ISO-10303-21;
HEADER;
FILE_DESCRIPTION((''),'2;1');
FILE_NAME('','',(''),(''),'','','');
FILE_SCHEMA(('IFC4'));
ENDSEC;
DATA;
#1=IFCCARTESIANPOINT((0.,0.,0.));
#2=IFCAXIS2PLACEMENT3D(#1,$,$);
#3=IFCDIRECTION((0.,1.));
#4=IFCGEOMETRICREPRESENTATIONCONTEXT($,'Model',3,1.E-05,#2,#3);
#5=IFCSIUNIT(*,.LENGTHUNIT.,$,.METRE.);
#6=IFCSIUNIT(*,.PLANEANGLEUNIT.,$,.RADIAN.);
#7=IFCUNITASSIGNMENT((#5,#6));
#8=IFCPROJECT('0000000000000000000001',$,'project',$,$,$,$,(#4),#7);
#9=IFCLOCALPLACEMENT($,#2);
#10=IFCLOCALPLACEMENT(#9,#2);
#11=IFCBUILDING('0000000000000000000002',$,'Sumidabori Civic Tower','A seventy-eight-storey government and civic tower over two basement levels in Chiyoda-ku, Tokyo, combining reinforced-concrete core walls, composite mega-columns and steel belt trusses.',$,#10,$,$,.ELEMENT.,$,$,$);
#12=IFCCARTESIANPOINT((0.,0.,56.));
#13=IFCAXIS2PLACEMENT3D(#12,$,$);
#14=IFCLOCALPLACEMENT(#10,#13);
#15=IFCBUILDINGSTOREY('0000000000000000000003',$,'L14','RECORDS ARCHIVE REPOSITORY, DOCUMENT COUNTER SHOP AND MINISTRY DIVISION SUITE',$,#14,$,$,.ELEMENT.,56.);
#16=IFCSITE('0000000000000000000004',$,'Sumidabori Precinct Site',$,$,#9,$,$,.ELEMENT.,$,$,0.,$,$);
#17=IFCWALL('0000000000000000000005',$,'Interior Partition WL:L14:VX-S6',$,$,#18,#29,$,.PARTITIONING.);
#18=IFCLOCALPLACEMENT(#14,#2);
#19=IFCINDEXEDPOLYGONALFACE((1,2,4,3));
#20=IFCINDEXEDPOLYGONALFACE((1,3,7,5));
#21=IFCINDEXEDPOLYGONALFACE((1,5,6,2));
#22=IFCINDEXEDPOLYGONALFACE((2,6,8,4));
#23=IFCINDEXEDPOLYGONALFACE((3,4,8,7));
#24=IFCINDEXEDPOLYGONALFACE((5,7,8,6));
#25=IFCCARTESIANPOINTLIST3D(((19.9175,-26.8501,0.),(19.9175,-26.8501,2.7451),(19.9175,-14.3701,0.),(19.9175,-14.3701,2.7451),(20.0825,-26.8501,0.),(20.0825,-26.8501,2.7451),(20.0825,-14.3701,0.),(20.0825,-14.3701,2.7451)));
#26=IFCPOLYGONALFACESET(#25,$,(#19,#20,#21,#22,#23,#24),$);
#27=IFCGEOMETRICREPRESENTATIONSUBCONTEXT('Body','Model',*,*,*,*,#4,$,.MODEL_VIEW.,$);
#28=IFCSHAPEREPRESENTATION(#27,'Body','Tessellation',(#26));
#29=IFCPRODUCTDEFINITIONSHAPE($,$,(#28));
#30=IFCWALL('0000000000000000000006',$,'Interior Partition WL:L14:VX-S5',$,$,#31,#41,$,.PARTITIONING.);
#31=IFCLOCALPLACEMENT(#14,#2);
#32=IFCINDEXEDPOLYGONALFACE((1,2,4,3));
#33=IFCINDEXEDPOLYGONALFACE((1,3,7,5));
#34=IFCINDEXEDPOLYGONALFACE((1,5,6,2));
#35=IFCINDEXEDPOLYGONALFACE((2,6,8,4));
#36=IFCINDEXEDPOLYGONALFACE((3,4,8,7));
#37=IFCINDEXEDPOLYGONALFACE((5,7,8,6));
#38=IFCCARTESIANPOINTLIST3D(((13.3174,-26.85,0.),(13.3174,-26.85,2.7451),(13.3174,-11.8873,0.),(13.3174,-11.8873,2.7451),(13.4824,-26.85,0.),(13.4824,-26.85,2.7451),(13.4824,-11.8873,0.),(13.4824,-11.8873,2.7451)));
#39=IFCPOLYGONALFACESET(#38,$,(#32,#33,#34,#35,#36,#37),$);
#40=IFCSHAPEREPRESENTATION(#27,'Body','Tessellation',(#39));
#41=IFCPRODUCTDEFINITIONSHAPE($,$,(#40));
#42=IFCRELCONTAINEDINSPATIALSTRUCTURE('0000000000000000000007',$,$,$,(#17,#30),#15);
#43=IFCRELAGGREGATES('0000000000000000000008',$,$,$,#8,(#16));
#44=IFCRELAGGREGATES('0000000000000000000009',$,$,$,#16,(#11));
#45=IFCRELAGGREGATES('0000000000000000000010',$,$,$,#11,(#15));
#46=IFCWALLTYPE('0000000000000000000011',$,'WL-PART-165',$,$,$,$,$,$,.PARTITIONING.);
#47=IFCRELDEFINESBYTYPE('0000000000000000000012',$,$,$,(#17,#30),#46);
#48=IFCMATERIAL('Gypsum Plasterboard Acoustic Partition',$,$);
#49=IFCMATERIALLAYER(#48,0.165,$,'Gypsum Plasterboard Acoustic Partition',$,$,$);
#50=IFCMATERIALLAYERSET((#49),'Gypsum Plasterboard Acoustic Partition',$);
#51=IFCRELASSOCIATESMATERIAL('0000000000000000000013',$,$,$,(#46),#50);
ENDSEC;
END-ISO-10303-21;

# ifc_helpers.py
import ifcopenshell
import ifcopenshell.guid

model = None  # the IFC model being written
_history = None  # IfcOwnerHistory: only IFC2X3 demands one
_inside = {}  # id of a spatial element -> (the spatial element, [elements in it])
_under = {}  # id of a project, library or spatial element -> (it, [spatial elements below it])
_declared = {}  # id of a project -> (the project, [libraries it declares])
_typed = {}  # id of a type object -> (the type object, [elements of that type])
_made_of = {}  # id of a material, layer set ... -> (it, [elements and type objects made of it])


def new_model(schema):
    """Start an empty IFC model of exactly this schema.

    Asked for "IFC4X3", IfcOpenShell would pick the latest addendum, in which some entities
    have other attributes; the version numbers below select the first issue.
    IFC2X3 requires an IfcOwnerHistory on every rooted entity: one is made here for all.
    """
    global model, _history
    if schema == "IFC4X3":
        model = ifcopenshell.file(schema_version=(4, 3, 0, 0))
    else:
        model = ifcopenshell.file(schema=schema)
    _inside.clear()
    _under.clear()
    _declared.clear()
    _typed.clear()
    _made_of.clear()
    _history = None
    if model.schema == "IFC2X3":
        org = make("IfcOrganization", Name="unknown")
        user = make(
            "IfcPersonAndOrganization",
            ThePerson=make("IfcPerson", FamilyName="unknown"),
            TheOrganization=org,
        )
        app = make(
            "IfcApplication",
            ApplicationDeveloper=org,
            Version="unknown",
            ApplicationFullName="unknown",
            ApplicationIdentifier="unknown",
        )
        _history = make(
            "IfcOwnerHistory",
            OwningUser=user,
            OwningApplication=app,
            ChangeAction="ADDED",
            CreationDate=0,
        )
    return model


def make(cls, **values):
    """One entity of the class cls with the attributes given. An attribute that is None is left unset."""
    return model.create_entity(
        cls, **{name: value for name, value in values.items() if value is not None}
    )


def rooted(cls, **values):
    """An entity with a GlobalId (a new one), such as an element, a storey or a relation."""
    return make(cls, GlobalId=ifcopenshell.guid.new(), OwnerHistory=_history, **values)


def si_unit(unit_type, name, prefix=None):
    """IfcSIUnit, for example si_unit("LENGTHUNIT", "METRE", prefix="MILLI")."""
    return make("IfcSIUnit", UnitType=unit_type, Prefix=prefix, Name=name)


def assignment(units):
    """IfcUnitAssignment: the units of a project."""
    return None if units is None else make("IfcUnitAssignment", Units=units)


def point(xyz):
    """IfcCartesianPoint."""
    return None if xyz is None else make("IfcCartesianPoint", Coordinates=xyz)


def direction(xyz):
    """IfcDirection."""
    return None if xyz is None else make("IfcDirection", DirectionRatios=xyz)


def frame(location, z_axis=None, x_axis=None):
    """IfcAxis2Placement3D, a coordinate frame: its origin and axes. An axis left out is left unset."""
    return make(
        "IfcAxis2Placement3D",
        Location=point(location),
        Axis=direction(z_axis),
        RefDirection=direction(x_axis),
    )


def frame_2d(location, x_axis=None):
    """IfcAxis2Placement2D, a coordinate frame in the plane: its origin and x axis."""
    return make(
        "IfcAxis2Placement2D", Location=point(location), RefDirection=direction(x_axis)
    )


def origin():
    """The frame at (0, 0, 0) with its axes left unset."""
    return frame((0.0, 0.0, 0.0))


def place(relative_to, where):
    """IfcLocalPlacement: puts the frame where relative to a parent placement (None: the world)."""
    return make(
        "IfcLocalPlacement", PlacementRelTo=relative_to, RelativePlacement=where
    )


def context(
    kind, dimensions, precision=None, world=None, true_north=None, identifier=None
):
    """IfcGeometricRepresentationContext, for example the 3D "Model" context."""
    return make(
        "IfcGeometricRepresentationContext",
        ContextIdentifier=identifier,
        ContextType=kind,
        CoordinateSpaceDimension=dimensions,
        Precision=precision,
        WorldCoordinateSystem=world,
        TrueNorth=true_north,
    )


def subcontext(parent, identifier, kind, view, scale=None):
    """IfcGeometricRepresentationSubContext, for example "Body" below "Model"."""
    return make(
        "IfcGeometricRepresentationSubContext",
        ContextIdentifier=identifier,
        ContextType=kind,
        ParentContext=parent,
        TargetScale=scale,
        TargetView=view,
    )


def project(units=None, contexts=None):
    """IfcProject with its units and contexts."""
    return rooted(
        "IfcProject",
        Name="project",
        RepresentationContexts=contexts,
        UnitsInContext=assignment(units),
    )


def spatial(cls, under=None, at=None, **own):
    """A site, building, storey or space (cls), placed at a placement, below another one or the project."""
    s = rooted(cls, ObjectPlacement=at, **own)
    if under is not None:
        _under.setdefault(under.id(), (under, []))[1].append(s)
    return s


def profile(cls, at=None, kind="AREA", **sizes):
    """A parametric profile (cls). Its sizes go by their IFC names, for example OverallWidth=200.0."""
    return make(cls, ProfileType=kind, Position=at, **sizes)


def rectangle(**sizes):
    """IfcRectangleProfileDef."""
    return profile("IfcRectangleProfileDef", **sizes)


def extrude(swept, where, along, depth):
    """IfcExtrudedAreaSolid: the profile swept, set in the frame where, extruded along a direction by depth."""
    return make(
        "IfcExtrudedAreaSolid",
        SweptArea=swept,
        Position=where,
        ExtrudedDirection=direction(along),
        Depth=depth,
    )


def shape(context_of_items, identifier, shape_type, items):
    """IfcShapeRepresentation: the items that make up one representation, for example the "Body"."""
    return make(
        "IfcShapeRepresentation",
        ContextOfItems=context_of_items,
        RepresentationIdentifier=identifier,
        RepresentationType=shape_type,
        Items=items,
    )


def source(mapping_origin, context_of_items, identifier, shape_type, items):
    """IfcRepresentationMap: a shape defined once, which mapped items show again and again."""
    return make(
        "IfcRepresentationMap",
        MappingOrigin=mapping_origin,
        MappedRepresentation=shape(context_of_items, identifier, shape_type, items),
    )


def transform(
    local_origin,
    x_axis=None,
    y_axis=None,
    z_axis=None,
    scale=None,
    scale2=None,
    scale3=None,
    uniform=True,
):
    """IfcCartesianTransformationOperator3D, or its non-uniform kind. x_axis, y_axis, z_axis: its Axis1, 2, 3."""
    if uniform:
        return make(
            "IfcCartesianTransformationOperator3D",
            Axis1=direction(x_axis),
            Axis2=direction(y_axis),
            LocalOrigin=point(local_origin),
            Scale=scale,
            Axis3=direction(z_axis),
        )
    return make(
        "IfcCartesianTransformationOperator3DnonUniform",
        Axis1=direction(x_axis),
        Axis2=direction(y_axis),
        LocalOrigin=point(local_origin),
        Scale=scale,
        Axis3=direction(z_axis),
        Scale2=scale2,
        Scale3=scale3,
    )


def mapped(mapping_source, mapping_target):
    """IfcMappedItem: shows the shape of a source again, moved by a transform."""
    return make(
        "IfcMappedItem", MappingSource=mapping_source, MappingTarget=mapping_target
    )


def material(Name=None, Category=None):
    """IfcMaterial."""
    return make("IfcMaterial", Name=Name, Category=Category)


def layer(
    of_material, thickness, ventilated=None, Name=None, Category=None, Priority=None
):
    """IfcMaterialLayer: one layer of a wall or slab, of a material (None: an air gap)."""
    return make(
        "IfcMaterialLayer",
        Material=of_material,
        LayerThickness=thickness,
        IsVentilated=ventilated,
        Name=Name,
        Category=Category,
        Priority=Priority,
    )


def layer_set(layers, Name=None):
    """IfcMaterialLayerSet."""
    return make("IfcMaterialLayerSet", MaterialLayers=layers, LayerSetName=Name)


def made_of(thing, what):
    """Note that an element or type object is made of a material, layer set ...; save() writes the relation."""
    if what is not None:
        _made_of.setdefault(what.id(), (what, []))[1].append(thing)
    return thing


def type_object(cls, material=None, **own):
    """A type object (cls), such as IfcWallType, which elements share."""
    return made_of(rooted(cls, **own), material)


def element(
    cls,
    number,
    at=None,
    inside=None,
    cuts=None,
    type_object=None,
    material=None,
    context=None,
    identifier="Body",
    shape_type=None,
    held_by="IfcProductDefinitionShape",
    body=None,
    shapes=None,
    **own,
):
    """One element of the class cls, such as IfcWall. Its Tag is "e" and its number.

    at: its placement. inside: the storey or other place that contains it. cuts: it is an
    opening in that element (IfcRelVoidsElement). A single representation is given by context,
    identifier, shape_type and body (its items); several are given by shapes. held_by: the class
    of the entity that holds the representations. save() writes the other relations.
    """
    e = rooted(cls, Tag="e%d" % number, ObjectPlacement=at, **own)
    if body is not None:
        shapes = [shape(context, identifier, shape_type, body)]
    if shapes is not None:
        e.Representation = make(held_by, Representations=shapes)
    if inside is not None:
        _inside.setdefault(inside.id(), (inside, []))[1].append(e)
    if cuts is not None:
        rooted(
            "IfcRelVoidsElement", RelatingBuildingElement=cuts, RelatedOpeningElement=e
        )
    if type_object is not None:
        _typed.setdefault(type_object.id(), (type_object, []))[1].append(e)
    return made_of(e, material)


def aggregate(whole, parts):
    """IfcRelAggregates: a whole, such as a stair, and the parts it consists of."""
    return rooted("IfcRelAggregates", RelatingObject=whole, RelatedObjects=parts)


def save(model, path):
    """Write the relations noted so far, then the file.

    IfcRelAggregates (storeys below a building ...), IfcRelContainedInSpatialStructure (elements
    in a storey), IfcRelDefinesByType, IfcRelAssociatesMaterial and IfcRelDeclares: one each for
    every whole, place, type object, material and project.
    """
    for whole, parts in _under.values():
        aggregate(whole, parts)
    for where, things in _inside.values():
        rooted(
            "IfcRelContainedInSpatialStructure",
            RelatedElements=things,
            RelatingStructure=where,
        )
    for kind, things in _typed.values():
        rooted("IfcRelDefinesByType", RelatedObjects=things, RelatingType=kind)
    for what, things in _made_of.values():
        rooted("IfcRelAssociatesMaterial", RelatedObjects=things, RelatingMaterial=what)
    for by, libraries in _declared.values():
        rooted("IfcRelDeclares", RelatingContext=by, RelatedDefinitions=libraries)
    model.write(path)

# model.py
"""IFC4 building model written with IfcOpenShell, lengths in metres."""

from ifc_helpers import new_model, si_unit, direction, frame, frame_2d, origin, place, context, subcontext, project, spatial, rectangle, extrude, source, transform, mapped, material, layer, layer_set, type_object, element, save


model = new_model("IFC4")

# Units and contexts
model_context = context("Model", 3, precision=1e-05, world=origin(), true_north=direction((0.0, 1.0)))
body_context = subcontext(model_context, "Body", "Model", "MODEL_VIEW")
ifc_project = project(units=[si_unit("LENGTHUNIT", "METRE"), si_unit("PLANEANGLEUNIT", "RADIAN")], contexts=[model_context])

# Site, building, storey
site_placement = place(None, origin())
site = spatial("IfcSite", under=ifc_project, at=site_placement, Name="Sumidabori Precinct Site", CompositionType="ELEMENT", RefElevation=0.0)
building_placement = place(site_placement, origin())
building = spatial("IfcBuilding", under=site, at=building_placement, Name="Sumidabori Civic Tower", Description="A seventy-eight-storey government and civic tower over two basement levels in Chiyoda-ku, Tokyo, combining reinforced-concrete core walls, composite mega-columns and steel belt trusses.", CompositionType="ELEMENT")
storey_placement = place(building_placement, frame((0.0, 0.0, 56.0)))
storey = spatial("IfcBuildingStorey", under=building, at=storey_placement, Name="L14", Description="RECORDS ARCHIVE REPOSITORY, DOCUMENT COUNTER SHOP AND MINISTRY DIVISION SUITE", CompositionType="ELEMENT", Elevation=56.0)

# Shared definitions
ifc_material_1 = material(Name="Gypsum Plasterboard Acoustic Partition")
ifc_layer_1 = layer(ifc_material_1, 0.165, Name="Gypsum Plasterboard Acoustic Partition")
ifc_layer_set_1 = layer_set([ifc_layer_1], Name="Gypsum Plasterboard Acoustic Partition")
wall_type_1 = type_object("IfcWallType", Name="WL-PART-165", PredefinedType="PARTITIONING", material=ifc_layer_set_1)

# Walls
shared_shape_1 = source(origin(), body_context, "Body", "SweptSolid", [
    extrude(rectangle(XDim=12.48, YDim=0.165, at=frame_2d((6.24, 0.0))), origin(), (0.0, 0.0, 1.0), 2.7451),
])
wall_1_placement = place(storey_placement, frame((20.0, -26.8501, 0.0), z_axis=(0.0, 0.0, 1.0), x_axis=(0.0, 1.0, 0.0)))
element("IfcWall", 1, at=wall_1_placement, inside=storey, type_object=wall_type_1, Name="Interior Partition WL:L14:VX-S6", PredefinedType="PARTITIONING", context=body_context, shape_type="MappedRepresentation", body=[
    mapped(shared_shape_1, transform((0.0, 0.0, 0.0), x_axis=(1.0, 0.0, 0.0), y_axis=(0.0, 1.0, 0.0), z_axis=(0.0, 0.0, 1.0), scale=1.0)),
])
shared_shape_2 = source(origin(), body_context, "Body", "SweptSolid", [
    extrude(rectangle(XDim=14.9626, YDim=0.165, at=frame_2d((7.4814, 0.0))), origin(), (0.0, 0.0, 1.0), 2.7451),
])
wall_2_placement = place(storey_placement, frame((13.3999, -26.8501, 0.0), z_axis=(0.0, 0.0, 1.0), x_axis=(0.0, 1.0, 0.0)))
element("IfcWall", 2, at=wall_2_placement, inside=storey, type_object=wall_type_1, Name="Interior Partition WL:L14:VX-S5", PredefinedType="PARTITIONING", context=body_context, shape_type="MappedRepresentation", body=[
    mapped(shared_shape_2, transform((0.0, 0.0, 0.0), x_axis=(1.0, 0.0, 0.0), y_axis=(0.0, 1.0, 0.0), z_axis=(0.0, 0.0, 1.0), scale=1.0)),
])

save(model, "model.ifc")
